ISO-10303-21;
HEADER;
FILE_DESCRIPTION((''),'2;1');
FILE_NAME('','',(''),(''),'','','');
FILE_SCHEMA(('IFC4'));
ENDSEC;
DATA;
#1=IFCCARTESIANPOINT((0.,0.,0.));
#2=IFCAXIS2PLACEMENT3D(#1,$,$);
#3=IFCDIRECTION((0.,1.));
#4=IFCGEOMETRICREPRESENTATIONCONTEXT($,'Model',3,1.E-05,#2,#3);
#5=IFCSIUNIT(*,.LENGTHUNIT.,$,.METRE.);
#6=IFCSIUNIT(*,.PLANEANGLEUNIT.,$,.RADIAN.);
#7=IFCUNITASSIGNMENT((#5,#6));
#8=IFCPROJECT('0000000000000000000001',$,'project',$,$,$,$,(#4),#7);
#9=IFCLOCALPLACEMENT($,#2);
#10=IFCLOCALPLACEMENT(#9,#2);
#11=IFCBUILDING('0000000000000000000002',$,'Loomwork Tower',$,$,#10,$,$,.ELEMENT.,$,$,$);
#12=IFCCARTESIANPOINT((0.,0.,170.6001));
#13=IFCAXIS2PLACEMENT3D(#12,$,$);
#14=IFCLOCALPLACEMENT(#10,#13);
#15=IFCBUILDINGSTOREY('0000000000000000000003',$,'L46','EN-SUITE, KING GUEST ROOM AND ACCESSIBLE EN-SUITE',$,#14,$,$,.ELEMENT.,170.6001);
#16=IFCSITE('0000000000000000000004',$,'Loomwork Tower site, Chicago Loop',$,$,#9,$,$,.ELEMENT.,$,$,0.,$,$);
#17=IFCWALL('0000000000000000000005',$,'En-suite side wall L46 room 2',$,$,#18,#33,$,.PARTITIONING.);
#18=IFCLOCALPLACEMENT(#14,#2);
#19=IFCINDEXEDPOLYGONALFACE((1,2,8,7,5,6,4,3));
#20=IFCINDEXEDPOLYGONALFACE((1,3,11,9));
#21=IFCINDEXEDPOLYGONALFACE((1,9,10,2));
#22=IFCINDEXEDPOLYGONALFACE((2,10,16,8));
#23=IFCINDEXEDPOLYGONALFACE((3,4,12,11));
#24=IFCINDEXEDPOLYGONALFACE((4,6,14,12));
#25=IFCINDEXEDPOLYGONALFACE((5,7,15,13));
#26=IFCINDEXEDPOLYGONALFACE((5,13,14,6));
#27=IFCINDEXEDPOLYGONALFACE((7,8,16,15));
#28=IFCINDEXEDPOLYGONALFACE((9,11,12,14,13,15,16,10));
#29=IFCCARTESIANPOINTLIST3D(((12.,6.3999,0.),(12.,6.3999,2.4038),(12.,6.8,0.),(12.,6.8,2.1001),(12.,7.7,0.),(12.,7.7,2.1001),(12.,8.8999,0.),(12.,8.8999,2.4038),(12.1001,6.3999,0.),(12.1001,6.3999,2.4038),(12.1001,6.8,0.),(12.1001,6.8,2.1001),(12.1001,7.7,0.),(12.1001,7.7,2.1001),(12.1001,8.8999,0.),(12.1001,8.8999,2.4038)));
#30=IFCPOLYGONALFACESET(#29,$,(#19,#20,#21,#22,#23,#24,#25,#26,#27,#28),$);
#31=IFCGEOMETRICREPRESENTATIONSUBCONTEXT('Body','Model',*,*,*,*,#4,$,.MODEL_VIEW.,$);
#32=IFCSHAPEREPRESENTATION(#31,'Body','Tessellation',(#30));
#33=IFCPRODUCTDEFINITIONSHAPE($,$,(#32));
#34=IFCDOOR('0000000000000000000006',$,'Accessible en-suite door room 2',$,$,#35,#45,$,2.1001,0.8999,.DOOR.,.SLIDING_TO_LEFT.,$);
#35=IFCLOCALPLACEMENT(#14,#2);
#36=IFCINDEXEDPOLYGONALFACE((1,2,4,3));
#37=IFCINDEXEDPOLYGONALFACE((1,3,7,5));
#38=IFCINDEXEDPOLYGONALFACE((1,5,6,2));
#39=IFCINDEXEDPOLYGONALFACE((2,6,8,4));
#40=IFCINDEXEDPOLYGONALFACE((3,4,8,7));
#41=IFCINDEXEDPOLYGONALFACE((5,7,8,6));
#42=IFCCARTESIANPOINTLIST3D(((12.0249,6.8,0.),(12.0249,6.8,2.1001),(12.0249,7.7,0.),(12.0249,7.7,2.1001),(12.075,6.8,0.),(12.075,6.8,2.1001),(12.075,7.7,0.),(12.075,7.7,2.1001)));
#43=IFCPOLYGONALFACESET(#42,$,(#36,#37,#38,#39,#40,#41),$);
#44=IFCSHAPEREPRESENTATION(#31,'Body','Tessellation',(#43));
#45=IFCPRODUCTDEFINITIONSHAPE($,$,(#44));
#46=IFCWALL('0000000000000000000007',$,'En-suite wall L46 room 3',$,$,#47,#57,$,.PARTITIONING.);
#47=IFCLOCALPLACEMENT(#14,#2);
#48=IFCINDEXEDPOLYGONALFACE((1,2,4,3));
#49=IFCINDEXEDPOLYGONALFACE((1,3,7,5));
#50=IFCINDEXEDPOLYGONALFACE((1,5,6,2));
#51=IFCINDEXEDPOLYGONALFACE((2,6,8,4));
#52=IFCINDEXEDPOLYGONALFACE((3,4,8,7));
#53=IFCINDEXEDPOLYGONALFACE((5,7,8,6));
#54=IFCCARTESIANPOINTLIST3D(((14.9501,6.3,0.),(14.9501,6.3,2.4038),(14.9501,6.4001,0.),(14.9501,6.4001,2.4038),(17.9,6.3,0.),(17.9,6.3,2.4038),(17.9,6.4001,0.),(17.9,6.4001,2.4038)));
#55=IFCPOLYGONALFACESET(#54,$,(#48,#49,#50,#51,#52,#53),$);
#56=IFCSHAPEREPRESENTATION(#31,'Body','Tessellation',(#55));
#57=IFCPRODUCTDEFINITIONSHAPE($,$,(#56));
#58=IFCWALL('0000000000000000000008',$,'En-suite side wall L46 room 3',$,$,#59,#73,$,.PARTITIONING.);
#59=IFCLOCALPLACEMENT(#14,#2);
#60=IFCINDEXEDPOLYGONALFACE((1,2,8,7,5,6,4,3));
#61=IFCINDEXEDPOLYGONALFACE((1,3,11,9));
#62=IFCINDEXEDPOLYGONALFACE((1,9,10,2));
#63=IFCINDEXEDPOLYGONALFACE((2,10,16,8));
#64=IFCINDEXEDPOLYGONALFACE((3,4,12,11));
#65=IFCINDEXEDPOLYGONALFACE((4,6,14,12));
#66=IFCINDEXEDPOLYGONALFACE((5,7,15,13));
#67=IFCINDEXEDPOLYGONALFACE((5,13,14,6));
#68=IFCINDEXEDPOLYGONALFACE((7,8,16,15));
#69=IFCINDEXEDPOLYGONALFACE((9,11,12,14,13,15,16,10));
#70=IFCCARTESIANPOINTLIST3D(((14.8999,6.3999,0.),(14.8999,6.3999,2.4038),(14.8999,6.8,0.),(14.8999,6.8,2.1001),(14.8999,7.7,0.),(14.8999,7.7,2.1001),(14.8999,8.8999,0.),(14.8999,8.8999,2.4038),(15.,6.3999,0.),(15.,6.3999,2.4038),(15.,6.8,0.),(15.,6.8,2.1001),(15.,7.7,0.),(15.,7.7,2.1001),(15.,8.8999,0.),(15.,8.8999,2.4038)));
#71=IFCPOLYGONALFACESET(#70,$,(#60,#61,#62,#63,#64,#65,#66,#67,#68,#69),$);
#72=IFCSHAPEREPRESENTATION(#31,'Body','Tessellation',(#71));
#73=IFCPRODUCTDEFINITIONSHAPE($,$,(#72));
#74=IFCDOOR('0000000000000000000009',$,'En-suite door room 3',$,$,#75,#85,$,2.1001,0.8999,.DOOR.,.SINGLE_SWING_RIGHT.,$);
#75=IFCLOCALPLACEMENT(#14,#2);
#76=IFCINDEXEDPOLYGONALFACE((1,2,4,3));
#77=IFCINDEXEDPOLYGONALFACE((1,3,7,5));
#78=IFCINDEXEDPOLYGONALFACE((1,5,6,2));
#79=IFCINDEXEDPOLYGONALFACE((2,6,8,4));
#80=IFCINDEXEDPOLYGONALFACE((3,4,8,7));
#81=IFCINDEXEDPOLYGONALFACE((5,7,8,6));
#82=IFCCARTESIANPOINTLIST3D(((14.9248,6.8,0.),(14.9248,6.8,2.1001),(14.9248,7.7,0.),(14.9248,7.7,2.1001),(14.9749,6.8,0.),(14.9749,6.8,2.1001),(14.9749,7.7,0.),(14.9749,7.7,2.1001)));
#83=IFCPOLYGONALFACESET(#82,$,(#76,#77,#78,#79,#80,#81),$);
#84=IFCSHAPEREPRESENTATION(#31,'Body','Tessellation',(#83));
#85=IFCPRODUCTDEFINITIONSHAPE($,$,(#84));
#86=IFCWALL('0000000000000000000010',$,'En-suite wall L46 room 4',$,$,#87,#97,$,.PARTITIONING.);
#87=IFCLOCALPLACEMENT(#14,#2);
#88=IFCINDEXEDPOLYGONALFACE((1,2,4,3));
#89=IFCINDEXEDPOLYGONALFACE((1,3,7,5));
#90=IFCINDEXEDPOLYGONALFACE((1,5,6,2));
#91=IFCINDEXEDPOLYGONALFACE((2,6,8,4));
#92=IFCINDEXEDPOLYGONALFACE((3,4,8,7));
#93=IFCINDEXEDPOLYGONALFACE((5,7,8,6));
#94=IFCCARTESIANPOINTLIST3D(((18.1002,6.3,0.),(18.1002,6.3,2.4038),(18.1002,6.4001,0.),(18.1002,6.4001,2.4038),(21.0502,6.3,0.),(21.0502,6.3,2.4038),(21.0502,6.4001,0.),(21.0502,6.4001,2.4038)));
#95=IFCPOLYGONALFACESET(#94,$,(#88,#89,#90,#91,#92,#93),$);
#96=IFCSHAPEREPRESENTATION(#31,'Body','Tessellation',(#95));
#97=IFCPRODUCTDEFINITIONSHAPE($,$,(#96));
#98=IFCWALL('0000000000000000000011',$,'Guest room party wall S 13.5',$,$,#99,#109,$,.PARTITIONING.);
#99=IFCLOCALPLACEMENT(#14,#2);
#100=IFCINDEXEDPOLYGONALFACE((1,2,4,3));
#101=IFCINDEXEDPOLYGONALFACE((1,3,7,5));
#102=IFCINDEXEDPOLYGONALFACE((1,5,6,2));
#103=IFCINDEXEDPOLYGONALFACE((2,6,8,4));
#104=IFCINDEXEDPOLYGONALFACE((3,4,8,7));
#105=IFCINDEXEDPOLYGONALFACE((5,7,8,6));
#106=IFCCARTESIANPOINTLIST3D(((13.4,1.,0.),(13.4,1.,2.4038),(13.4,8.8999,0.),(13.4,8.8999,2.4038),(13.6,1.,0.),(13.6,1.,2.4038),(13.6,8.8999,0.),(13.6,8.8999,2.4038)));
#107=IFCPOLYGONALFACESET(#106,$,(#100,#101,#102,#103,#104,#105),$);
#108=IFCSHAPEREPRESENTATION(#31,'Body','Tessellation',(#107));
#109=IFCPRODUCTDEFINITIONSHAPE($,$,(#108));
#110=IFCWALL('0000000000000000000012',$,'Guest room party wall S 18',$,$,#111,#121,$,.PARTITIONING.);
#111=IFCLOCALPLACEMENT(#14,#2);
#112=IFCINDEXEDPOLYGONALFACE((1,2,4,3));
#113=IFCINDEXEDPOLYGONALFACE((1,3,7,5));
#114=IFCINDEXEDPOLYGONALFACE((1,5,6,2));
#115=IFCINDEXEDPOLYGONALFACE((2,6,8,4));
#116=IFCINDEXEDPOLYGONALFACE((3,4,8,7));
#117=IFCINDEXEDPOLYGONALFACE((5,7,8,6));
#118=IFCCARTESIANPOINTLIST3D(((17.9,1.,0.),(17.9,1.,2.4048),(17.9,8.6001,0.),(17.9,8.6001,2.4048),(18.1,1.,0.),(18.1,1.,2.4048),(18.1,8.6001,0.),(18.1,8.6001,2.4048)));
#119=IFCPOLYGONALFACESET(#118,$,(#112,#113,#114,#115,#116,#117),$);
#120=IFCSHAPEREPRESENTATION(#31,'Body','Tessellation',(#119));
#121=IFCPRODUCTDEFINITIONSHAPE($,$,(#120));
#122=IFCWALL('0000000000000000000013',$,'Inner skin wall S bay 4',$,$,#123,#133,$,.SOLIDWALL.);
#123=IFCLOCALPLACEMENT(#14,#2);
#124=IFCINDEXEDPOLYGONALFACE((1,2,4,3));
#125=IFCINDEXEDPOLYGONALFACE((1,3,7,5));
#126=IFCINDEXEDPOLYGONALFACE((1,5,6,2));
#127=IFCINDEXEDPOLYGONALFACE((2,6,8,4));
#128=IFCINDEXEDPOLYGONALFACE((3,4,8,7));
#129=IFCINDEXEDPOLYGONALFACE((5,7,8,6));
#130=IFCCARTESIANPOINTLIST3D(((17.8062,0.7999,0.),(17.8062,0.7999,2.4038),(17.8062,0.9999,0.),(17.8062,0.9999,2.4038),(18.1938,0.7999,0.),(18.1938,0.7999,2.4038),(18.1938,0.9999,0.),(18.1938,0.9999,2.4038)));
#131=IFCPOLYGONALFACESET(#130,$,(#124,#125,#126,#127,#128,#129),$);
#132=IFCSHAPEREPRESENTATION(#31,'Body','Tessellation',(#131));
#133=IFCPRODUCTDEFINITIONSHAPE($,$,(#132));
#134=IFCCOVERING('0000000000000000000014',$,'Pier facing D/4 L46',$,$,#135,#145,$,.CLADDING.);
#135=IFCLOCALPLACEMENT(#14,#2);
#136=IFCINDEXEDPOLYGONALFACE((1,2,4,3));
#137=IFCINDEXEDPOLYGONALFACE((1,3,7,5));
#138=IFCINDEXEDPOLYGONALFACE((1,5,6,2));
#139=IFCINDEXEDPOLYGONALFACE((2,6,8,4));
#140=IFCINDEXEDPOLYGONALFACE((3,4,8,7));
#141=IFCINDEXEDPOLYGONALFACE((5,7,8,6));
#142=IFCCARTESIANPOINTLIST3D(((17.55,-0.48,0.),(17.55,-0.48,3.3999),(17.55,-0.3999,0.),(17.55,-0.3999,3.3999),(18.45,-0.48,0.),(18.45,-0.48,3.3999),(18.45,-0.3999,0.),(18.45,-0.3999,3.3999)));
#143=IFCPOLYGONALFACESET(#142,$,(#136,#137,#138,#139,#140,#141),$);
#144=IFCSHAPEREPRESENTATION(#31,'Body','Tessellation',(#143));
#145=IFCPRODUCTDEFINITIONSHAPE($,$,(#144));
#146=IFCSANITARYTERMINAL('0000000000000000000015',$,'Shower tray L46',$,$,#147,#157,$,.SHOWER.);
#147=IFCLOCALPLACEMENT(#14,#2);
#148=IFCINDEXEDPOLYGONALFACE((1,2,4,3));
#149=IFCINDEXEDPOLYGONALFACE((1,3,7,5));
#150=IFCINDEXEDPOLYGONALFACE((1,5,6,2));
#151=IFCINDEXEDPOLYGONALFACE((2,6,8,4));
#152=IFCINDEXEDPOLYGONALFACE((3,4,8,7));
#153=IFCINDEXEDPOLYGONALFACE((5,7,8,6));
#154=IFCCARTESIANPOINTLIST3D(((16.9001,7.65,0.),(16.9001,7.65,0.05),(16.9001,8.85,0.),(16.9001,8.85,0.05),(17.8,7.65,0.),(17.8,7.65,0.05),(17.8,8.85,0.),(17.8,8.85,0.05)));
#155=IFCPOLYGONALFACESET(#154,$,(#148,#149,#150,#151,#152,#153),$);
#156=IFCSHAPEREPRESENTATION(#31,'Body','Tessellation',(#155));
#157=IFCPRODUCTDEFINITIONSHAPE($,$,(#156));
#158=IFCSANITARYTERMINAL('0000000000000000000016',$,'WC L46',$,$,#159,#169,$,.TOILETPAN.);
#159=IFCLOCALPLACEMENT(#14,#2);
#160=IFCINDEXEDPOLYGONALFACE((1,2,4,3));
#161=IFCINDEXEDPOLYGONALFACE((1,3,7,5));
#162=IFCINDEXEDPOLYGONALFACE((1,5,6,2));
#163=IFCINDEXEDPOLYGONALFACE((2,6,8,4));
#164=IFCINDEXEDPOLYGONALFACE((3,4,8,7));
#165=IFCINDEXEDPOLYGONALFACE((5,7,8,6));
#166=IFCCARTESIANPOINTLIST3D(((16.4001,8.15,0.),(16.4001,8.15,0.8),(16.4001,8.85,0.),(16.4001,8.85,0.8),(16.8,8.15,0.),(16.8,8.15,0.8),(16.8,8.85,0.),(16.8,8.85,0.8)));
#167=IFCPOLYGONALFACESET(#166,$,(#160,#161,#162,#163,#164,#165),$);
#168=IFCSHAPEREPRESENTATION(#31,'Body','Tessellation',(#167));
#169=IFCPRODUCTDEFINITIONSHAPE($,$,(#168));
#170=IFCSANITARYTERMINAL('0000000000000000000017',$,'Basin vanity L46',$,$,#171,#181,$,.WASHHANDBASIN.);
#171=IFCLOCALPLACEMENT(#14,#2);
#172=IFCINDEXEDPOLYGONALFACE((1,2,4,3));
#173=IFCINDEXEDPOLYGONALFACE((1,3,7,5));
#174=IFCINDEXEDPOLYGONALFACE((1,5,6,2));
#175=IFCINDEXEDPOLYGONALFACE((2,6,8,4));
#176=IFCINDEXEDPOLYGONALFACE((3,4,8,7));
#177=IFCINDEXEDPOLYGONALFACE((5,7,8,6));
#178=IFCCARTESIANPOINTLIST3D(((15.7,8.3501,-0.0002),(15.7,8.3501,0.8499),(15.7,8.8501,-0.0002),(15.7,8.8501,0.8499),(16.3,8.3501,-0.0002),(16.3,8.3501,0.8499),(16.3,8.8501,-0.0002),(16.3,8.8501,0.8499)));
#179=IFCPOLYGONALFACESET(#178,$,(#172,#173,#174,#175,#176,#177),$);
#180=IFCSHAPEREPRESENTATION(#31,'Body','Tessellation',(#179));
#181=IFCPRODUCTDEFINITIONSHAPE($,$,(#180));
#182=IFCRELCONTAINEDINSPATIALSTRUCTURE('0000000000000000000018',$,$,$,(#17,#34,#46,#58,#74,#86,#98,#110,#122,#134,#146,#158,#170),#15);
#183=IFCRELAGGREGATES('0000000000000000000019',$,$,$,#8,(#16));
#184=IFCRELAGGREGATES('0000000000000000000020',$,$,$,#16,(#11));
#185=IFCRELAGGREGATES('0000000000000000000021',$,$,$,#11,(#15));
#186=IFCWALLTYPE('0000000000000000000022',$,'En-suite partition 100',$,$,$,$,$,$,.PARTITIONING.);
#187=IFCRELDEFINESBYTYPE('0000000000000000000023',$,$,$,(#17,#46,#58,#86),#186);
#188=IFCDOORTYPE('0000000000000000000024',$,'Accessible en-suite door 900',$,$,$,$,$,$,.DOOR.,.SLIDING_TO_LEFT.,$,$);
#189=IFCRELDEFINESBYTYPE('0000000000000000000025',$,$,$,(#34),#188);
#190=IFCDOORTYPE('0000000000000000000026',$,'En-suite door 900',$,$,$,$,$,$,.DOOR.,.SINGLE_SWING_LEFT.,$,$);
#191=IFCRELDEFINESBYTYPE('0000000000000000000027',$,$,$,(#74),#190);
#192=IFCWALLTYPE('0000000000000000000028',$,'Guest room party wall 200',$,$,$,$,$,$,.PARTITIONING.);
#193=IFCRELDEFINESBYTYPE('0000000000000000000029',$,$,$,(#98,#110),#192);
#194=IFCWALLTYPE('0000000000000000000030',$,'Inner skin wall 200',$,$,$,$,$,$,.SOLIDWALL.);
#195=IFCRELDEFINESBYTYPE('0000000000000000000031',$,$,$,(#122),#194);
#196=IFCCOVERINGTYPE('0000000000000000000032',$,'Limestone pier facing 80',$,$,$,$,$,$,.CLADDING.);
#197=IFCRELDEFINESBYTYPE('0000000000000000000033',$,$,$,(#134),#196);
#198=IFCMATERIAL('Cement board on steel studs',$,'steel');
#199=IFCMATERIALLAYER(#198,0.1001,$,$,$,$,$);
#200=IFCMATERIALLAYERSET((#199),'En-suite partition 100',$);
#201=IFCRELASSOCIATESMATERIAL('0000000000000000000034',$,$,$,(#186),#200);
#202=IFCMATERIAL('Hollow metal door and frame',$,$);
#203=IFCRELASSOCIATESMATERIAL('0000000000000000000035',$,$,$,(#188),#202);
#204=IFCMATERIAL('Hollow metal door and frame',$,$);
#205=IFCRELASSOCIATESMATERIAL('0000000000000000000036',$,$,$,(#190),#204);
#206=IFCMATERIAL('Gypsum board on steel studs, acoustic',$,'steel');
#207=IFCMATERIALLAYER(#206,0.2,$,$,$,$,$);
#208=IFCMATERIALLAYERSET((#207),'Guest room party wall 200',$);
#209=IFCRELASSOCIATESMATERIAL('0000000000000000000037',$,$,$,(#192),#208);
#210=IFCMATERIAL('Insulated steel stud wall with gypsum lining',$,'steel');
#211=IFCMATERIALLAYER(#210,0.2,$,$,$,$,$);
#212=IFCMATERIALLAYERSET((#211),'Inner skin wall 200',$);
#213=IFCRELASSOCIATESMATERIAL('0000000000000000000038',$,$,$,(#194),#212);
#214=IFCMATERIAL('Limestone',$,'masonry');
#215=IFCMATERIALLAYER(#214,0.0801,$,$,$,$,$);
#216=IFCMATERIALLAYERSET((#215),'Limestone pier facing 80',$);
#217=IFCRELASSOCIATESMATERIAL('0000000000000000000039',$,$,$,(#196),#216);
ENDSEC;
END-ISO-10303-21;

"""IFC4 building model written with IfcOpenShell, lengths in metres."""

from ifc_helpers import new_model, si_unit, direction, frame, frame_2d, origin, origin_2d, place, context, subcontext, project, spatial, rectangle, extrude, material, layer, layer_set, type_object, element, fill, save


model = new_model("IFC4")

# Units and contexts
model_context = context("Model", 3, precision=1e-05, world=origin(), true_north=direction((0.0, 1.0)))
body_context = subcontext(model_context, "Body", "Model", "MODEL_VIEW")
ifc_project = project(units=[si_unit("LENGTHUNIT", "METRE"), si_unit("PLANEANGLEUNIT", "RADIAN")], contexts=[model_context])

# Site, building, storey
site_placement = place(None, origin())
site = spatial("IfcSite", under=ifc_project, at=site_placement, Name="Loomwork Tower site, Chicago Loop", CompositionType="ELEMENT", RefElevation=0.0)
building_placement = place(site_placement, origin())
building = spatial("IfcBuilding", under=site, at=building_placement, Name="Loomwork Tower", CompositionType="ELEMENT")
storey_placement = place(building_placement, frame((0.0, 0.0, 170.6001)))
storey = spatial("IfcBuildingStorey", under=building, at=storey_placement, Name="L46", Description="EN-SUITE, KING GUEST ROOM AND ACCESSIBLE EN-SUITE", CompositionType="ELEMENT", Elevation=170.6001)

# Wall, opening, door
ifc_material_1 = material(Name="Cement board on steel studs", Category="steel")
ifc_layer_1 = layer(ifc_material_1, 0.1001)
ifc_layer_set_1 = layer_set([ifc_layer_1], Name="En-suite partition 100")
wall_type_1 = type_object("IfcWallType", Name="En-suite partition 100", PredefinedType="PARTITIONING", material=ifc_layer_set_1)
wall_1_placement = place(storey_placement, frame((12.05, 8.8999, 0.0), z_axis=(0.0, 0.0, 1.0), x_axis=(0.0, -1.0, 0.0)))
wall_1 = element("IfcWall", 1, at=wall_1_placement, inside=storey, type_object=wall_type_1, Name="En-suite side wall L46 room 2", PredefinedType="PARTITIONING", context=body_context, shape_type="SweptSolid", body=[
    extrude(rectangle(XDim=2.5, YDim=0.1001, at=frame_2d((1.25, 0.0))), origin(), (0.0, 0.0, 1.0), 2.4038),
])
opening_1_placement = place(wall_1_placement, frame((1.2, 0.0, 0.0)))
opening_1 = element("IfcOpeningElement", 2, at=opening_1_placement, cuts=wall_1, PredefinedType="OPENING", context=body_context, shape_type="SweptSolid", body=[
    extrude(rectangle(XDim=0.8999, YDim=2.1001, at=frame_2d((0.45, 1.05))), frame((0.0, 0.0601, 0.0), z_axis=(0.0, -1.0, 0.0), x_axis=(1.0, 0.0, 0.0)), (0.0, 0.0, 1.0), 0.1201),
])
ifc_material_2 = material(Name="Hollow metal door and frame")
door_type_1 = type_object("IfcDoorType", Name="Accessible en-suite door 900", OperationType="SLIDING_TO_LEFT", PredefinedType="DOOR", material=ifc_material_2)
door_1_placement = place(opening_1_placement, origin())
door_1 = element("IfcDoor", 3, at=door_1_placement, inside=storey, type_object=door_type_1, Name="Accessible en-suite door room 2", OperationType="SLIDING_TO_LEFT", OverallHeight=2.1001, OverallWidth=0.8999, PredefinedType="DOOR", context=body_context, shape_type="SweptSolid", body=[
    extrude(rectangle(XDim=0.8999, YDim=2.1001, at=frame_2d((0.45, 1.05))), frame((0.0, 0.0249, 0.0), z_axis=(0.0, -1.0, 0.0), x_axis=(1.0, 0.0, 0.0)), (0.0, 0.0, 1.0), 0.05),
])
fill(opening_1, door_1)

# Wall
wall_2_placement = place(storey_placement, frame((14.95, 6.3501, 0.0), z_axis=(0.0, 0.0, 1.0), x_axis=(1.0, 0.0, 0.0)))
element("IfcWall", 4, at=wall_2_placement, inside=storey, type_object=wall_type_1, Name="En-suite wall L46 room 3", PredefinedType="PARTITIONING", context=body_context, shape_type="SweptSolid", body=[
    extrude(rectangle(XDim=2.95, YDim=0.1001, at=frame_2d((1.4751, 0.0))), origin(), (0.0, 0.0, 1.0), 2.4038),
])

# Wall, opening, door
wall_3_placement = place(storey_placement, frame((14.95, 8.8999, 0.0), z_axis=(0.0, 0.0, 1.0), x_axis=(0.0, -1.0, 0.0)))
wall_3 = element("IfcWall", 5, at=wall_3_placement, inside=storey, type_object=wall_type_1, Name="En-suite side wall L46 room 3", PredefinedType="PARTITIONING", context=body_context, shape_type="SweptSolid", body=[
    extrude(rectangle(XDim=2.5, YDim=0.1001, at=frame_2d((1.25, 0.0))), origin(), (0.0, 0.0, 1.0), 2.4038),
])
opening_2_placement = place(wall_3_placement, frame((1.2, 0.0, 0.0)))
opening_2 = element("IfcOpeningElement", 6, at=opening_2_placement, cuts=wall_3, PredefinedType="OPENING", context=body_context, shape_type="SweptSolid", body=[
    extrude(rectangle(XDim=0.8999, YDim=2.1001, at=frame_2d((0.45, 1.05))), frame((0.0, 0.0601, 0.0), z_axis=(0.0, -1.0, 0.0), x_axis=(1.0, 0.0, 0.0)), (0.0, 0.0, 1.0), 0.1201),
])
ifc_material_3 = material(Name="Hollow metal door and frame")
door_type_2 = type_object("IfcDoorType", Name="En-suite door 900", OperationType="SINGLE_SWING_LEFT", PredefinedType="DOOR", material=ifc_material_3)
door_2_placement = place(opening_2_placement, origin())
door_2 = element("IfcDoor", 7, at=door_2_placement, inside=storey, type_object=door_type_2, Name="En-suite door room 3", OperationType="SINGLE_SWING_RIGHT", OverallHeight=2.1001, OverallWidth=0.8999, PredefinedType="DOOR", context=body_context, shape_type="SweptSolid", body=[
    extrude(rectangle(XDim=0.8999, YDim=2.1001, at=frame_2d((0.45, 1.05))), frame((0.0, 0.0249, 0.0), z_axis=(0.0, -1.0, 0.0), x_axis=(1.0, 0.0, 0.0)), (0.0, 0.0, 1.0), 0.05),
])
fill(opening_2, door_2)

# Walls
wall_4_placement = place(storey_placement, frame((18.1001, 6.3501, 0.0), z_axis=(0.0, 0.0, 1.0), x_axis=(1.0, 0.0, 0.0)))
element("IfcWall", 8, at=wall_4_placement, inside=storey, type_object=wall_type_1, Name="En-suite wall L46 room 4", PredefinedType="PARTITIONING", context=body_context, shape_type="SweptSolid", body=[
    extrude(rectangle(XDim=2.95, YDim=0.1001, at=frame_2d((1.4751, 0.0))), origin(), (0.0, 0.0, 1.0), 2.4038),
])
ifc_material_4 = material(Name="Gypsum board on steel studs, acoustic", Category="steel")
ifc_layer_2 = layer(ifc_material_4, 0.2)
ifc_layer_set_2 = layer_set([ifc_layer_2], Name="Guest room party wall 200")
wall_type_2 = type_object("IfcWallType", Name="Guest room party wall 200", PredefinedType="PARTITIONING", material=ifc_layer_set_2)
wall_5_placement = place(storey_placement, frame((13.5, 8.8999, 0.0), z_axis=(0.0, 0.0, 1.0), x_axis=(0.0, -1.0, 0.0)))
element("IfcWall", 9, at=wall_5_placement, inside=storey, type_object=wall_type_2, Name="Guest room party wall S 13.5", PredefinedType="PARTITIONING", context=body_context, shape_type="SweptSolid", body=[
    extrude(rectangle(XDim=7.8999, YDim=0.2, at=frame_2d((3.95, 0.0))), origin(), (0.0, 0.0, 1.0), 2.4038),
])
wall_6_placement = place(storey_placement, frame((18.0, 8.6001, 0.0), z_axis=(0.0, 0.0, 1.0), x_axis=(0.0, -1.0, 0.0)))
element("IfcWall", 10, at=wall_6_placement, inside=storey, type_object=wall_type_2, Name="Guest room party wall S 18", PredefinedType="PARTITIONING", context=body_context, shape_type="SweptSolid", body=[
    extrude(rectangle(XDim=7.6001, YDim=0.2, at=frame_2d((3.8, 0.0))), origin(), (0.0, 0.0, 1.0), 2.4048),
])
ifc_material_5 = material(Name="Insulated steel stud wall with gypsum lining", Category="steel")
ifc_layer_3 = layer(ifc_material_5, 0.2)
ifc_layer_set_3 = layer_set([ifc_layer_3], Name="Inner skin wall 200")
wall_type_3 = type_object("IfcWallType", Name="Inner skin wall 200", PredefinedType="SOLIDWALL", material=ifc_layer_set_3)
wall_7_placement = place(storey_placement, frame((17.8062, 0.8999, 0.0), z_axis=(0.0, 0.0, 1.0), x_axis=(1.0, 0.0, 0.0)))
element("IfcWall", 11, at=wall_7_placement, inside=storey, type_object=wall_type_3, Name="Inner skin wall S bay 4", PredefinedType="SOLIDWALL", context=body_context, shape_type="SweptSolid", body=[
    extrude(rectangle(XDim=0.3877, YDim=0.2, at=frame_2d((0.1938, 0.0))), origin(), (0.0, 0.0, 1.0), 2.4038),
])

# Covering
ifc_material_6 = material(Name="Limestone", Category="masonry")
ifc_layer_4 = layer(ifc_material_6, 0.0801)
ifc_layer_set_4 = layer_set([ifc_layer_4], Name="Limestone pier facing 80")
covering_type = type_object("IfcCoveringType", Name="Limestone pier facing 80", PredefinedType="CLADDING", material=ifc_layer_set_4)
covering_placement = place(storey_placement, frame((18.0, -0.4399, 0.0), z_axis=(0.0, 0.0, 1.0), x_axis=(1.0, 0.0, 0.0)))
element("IfcCovering", 12, at=covering_placement, inside=storey, type_object=covering_type, Name="Pier facing D/4 L46", PredefinedType="CLADDING", context=body_context, shape_type="SweptSolid", body=[
    extrude(rectangle(XDim=0.8999, YDim=0.0801, at=origin_2d()), origin(), (0.0, 0.0, 1.0), 3.3999),
])

# Sanitary terminals
sanitary_terminal_1_placement = place(storey_placement, frame((17.3501, 8.25, 0.0), z_axis=(0.0, 0.0, 1.0), x_axis=(1.0, 0.0, 0.0)))
element("IfcSanitaryTerminal", 13, at=sanitary_terminal_1_placement, inside=storey, Name="Shower tray L46", PredefinedType="SHOWER", context=body_context, shape_type="SweptSolid", body=[
    extrude(rectangle(XDim=0.8999, YDim=1.2, at=origin_2d()), origin(), (0.0, 0.0, 1.0), 0.05),
])
sanitary_terminal_2_placement = place(storey_placement, frame((16.6001, 8.5, 0.0), z_axis=(0.0, 0.0, 1.0), x_axis=(1.0, 0.0, 0.0)))
element("IfcSanitaryTerminal", 14, at=sanitary_terminal_2_placement, inside=storey, Name="WC L46", PredefinedType="TOILETPAN", context=body_context, shape_type="SweptSolid", body=[
    extrude(rectangle(XDim=0.3999, YDim=0.7, at=origin_2d()), origin(), (0.0, 0.0, 1.0), 0.8),
])
sanitary_terminal_3_placement = place(storey_placement, frame((16.0, 8.6001, -0.0002), z_axis=(0.0, 0.0, 1.0), x_axis=(1.0, 0.0, 0.0)))
element("IfcSanitaryTerminal", 15, at=sanitary_terminal_3_placement, inside=storey, Name="Basin vanity L46", PredefinedType="WASHHANDBASIN", context=body_context, shape_type="SweptSolid", body=[
    extrude(rectangle(XDim=0.6001, YDim=0.5, at=origin_2d()), origin(), (0.0, 0.0, 1.0), 0.8501),
])

save(model, "model.ifc")
